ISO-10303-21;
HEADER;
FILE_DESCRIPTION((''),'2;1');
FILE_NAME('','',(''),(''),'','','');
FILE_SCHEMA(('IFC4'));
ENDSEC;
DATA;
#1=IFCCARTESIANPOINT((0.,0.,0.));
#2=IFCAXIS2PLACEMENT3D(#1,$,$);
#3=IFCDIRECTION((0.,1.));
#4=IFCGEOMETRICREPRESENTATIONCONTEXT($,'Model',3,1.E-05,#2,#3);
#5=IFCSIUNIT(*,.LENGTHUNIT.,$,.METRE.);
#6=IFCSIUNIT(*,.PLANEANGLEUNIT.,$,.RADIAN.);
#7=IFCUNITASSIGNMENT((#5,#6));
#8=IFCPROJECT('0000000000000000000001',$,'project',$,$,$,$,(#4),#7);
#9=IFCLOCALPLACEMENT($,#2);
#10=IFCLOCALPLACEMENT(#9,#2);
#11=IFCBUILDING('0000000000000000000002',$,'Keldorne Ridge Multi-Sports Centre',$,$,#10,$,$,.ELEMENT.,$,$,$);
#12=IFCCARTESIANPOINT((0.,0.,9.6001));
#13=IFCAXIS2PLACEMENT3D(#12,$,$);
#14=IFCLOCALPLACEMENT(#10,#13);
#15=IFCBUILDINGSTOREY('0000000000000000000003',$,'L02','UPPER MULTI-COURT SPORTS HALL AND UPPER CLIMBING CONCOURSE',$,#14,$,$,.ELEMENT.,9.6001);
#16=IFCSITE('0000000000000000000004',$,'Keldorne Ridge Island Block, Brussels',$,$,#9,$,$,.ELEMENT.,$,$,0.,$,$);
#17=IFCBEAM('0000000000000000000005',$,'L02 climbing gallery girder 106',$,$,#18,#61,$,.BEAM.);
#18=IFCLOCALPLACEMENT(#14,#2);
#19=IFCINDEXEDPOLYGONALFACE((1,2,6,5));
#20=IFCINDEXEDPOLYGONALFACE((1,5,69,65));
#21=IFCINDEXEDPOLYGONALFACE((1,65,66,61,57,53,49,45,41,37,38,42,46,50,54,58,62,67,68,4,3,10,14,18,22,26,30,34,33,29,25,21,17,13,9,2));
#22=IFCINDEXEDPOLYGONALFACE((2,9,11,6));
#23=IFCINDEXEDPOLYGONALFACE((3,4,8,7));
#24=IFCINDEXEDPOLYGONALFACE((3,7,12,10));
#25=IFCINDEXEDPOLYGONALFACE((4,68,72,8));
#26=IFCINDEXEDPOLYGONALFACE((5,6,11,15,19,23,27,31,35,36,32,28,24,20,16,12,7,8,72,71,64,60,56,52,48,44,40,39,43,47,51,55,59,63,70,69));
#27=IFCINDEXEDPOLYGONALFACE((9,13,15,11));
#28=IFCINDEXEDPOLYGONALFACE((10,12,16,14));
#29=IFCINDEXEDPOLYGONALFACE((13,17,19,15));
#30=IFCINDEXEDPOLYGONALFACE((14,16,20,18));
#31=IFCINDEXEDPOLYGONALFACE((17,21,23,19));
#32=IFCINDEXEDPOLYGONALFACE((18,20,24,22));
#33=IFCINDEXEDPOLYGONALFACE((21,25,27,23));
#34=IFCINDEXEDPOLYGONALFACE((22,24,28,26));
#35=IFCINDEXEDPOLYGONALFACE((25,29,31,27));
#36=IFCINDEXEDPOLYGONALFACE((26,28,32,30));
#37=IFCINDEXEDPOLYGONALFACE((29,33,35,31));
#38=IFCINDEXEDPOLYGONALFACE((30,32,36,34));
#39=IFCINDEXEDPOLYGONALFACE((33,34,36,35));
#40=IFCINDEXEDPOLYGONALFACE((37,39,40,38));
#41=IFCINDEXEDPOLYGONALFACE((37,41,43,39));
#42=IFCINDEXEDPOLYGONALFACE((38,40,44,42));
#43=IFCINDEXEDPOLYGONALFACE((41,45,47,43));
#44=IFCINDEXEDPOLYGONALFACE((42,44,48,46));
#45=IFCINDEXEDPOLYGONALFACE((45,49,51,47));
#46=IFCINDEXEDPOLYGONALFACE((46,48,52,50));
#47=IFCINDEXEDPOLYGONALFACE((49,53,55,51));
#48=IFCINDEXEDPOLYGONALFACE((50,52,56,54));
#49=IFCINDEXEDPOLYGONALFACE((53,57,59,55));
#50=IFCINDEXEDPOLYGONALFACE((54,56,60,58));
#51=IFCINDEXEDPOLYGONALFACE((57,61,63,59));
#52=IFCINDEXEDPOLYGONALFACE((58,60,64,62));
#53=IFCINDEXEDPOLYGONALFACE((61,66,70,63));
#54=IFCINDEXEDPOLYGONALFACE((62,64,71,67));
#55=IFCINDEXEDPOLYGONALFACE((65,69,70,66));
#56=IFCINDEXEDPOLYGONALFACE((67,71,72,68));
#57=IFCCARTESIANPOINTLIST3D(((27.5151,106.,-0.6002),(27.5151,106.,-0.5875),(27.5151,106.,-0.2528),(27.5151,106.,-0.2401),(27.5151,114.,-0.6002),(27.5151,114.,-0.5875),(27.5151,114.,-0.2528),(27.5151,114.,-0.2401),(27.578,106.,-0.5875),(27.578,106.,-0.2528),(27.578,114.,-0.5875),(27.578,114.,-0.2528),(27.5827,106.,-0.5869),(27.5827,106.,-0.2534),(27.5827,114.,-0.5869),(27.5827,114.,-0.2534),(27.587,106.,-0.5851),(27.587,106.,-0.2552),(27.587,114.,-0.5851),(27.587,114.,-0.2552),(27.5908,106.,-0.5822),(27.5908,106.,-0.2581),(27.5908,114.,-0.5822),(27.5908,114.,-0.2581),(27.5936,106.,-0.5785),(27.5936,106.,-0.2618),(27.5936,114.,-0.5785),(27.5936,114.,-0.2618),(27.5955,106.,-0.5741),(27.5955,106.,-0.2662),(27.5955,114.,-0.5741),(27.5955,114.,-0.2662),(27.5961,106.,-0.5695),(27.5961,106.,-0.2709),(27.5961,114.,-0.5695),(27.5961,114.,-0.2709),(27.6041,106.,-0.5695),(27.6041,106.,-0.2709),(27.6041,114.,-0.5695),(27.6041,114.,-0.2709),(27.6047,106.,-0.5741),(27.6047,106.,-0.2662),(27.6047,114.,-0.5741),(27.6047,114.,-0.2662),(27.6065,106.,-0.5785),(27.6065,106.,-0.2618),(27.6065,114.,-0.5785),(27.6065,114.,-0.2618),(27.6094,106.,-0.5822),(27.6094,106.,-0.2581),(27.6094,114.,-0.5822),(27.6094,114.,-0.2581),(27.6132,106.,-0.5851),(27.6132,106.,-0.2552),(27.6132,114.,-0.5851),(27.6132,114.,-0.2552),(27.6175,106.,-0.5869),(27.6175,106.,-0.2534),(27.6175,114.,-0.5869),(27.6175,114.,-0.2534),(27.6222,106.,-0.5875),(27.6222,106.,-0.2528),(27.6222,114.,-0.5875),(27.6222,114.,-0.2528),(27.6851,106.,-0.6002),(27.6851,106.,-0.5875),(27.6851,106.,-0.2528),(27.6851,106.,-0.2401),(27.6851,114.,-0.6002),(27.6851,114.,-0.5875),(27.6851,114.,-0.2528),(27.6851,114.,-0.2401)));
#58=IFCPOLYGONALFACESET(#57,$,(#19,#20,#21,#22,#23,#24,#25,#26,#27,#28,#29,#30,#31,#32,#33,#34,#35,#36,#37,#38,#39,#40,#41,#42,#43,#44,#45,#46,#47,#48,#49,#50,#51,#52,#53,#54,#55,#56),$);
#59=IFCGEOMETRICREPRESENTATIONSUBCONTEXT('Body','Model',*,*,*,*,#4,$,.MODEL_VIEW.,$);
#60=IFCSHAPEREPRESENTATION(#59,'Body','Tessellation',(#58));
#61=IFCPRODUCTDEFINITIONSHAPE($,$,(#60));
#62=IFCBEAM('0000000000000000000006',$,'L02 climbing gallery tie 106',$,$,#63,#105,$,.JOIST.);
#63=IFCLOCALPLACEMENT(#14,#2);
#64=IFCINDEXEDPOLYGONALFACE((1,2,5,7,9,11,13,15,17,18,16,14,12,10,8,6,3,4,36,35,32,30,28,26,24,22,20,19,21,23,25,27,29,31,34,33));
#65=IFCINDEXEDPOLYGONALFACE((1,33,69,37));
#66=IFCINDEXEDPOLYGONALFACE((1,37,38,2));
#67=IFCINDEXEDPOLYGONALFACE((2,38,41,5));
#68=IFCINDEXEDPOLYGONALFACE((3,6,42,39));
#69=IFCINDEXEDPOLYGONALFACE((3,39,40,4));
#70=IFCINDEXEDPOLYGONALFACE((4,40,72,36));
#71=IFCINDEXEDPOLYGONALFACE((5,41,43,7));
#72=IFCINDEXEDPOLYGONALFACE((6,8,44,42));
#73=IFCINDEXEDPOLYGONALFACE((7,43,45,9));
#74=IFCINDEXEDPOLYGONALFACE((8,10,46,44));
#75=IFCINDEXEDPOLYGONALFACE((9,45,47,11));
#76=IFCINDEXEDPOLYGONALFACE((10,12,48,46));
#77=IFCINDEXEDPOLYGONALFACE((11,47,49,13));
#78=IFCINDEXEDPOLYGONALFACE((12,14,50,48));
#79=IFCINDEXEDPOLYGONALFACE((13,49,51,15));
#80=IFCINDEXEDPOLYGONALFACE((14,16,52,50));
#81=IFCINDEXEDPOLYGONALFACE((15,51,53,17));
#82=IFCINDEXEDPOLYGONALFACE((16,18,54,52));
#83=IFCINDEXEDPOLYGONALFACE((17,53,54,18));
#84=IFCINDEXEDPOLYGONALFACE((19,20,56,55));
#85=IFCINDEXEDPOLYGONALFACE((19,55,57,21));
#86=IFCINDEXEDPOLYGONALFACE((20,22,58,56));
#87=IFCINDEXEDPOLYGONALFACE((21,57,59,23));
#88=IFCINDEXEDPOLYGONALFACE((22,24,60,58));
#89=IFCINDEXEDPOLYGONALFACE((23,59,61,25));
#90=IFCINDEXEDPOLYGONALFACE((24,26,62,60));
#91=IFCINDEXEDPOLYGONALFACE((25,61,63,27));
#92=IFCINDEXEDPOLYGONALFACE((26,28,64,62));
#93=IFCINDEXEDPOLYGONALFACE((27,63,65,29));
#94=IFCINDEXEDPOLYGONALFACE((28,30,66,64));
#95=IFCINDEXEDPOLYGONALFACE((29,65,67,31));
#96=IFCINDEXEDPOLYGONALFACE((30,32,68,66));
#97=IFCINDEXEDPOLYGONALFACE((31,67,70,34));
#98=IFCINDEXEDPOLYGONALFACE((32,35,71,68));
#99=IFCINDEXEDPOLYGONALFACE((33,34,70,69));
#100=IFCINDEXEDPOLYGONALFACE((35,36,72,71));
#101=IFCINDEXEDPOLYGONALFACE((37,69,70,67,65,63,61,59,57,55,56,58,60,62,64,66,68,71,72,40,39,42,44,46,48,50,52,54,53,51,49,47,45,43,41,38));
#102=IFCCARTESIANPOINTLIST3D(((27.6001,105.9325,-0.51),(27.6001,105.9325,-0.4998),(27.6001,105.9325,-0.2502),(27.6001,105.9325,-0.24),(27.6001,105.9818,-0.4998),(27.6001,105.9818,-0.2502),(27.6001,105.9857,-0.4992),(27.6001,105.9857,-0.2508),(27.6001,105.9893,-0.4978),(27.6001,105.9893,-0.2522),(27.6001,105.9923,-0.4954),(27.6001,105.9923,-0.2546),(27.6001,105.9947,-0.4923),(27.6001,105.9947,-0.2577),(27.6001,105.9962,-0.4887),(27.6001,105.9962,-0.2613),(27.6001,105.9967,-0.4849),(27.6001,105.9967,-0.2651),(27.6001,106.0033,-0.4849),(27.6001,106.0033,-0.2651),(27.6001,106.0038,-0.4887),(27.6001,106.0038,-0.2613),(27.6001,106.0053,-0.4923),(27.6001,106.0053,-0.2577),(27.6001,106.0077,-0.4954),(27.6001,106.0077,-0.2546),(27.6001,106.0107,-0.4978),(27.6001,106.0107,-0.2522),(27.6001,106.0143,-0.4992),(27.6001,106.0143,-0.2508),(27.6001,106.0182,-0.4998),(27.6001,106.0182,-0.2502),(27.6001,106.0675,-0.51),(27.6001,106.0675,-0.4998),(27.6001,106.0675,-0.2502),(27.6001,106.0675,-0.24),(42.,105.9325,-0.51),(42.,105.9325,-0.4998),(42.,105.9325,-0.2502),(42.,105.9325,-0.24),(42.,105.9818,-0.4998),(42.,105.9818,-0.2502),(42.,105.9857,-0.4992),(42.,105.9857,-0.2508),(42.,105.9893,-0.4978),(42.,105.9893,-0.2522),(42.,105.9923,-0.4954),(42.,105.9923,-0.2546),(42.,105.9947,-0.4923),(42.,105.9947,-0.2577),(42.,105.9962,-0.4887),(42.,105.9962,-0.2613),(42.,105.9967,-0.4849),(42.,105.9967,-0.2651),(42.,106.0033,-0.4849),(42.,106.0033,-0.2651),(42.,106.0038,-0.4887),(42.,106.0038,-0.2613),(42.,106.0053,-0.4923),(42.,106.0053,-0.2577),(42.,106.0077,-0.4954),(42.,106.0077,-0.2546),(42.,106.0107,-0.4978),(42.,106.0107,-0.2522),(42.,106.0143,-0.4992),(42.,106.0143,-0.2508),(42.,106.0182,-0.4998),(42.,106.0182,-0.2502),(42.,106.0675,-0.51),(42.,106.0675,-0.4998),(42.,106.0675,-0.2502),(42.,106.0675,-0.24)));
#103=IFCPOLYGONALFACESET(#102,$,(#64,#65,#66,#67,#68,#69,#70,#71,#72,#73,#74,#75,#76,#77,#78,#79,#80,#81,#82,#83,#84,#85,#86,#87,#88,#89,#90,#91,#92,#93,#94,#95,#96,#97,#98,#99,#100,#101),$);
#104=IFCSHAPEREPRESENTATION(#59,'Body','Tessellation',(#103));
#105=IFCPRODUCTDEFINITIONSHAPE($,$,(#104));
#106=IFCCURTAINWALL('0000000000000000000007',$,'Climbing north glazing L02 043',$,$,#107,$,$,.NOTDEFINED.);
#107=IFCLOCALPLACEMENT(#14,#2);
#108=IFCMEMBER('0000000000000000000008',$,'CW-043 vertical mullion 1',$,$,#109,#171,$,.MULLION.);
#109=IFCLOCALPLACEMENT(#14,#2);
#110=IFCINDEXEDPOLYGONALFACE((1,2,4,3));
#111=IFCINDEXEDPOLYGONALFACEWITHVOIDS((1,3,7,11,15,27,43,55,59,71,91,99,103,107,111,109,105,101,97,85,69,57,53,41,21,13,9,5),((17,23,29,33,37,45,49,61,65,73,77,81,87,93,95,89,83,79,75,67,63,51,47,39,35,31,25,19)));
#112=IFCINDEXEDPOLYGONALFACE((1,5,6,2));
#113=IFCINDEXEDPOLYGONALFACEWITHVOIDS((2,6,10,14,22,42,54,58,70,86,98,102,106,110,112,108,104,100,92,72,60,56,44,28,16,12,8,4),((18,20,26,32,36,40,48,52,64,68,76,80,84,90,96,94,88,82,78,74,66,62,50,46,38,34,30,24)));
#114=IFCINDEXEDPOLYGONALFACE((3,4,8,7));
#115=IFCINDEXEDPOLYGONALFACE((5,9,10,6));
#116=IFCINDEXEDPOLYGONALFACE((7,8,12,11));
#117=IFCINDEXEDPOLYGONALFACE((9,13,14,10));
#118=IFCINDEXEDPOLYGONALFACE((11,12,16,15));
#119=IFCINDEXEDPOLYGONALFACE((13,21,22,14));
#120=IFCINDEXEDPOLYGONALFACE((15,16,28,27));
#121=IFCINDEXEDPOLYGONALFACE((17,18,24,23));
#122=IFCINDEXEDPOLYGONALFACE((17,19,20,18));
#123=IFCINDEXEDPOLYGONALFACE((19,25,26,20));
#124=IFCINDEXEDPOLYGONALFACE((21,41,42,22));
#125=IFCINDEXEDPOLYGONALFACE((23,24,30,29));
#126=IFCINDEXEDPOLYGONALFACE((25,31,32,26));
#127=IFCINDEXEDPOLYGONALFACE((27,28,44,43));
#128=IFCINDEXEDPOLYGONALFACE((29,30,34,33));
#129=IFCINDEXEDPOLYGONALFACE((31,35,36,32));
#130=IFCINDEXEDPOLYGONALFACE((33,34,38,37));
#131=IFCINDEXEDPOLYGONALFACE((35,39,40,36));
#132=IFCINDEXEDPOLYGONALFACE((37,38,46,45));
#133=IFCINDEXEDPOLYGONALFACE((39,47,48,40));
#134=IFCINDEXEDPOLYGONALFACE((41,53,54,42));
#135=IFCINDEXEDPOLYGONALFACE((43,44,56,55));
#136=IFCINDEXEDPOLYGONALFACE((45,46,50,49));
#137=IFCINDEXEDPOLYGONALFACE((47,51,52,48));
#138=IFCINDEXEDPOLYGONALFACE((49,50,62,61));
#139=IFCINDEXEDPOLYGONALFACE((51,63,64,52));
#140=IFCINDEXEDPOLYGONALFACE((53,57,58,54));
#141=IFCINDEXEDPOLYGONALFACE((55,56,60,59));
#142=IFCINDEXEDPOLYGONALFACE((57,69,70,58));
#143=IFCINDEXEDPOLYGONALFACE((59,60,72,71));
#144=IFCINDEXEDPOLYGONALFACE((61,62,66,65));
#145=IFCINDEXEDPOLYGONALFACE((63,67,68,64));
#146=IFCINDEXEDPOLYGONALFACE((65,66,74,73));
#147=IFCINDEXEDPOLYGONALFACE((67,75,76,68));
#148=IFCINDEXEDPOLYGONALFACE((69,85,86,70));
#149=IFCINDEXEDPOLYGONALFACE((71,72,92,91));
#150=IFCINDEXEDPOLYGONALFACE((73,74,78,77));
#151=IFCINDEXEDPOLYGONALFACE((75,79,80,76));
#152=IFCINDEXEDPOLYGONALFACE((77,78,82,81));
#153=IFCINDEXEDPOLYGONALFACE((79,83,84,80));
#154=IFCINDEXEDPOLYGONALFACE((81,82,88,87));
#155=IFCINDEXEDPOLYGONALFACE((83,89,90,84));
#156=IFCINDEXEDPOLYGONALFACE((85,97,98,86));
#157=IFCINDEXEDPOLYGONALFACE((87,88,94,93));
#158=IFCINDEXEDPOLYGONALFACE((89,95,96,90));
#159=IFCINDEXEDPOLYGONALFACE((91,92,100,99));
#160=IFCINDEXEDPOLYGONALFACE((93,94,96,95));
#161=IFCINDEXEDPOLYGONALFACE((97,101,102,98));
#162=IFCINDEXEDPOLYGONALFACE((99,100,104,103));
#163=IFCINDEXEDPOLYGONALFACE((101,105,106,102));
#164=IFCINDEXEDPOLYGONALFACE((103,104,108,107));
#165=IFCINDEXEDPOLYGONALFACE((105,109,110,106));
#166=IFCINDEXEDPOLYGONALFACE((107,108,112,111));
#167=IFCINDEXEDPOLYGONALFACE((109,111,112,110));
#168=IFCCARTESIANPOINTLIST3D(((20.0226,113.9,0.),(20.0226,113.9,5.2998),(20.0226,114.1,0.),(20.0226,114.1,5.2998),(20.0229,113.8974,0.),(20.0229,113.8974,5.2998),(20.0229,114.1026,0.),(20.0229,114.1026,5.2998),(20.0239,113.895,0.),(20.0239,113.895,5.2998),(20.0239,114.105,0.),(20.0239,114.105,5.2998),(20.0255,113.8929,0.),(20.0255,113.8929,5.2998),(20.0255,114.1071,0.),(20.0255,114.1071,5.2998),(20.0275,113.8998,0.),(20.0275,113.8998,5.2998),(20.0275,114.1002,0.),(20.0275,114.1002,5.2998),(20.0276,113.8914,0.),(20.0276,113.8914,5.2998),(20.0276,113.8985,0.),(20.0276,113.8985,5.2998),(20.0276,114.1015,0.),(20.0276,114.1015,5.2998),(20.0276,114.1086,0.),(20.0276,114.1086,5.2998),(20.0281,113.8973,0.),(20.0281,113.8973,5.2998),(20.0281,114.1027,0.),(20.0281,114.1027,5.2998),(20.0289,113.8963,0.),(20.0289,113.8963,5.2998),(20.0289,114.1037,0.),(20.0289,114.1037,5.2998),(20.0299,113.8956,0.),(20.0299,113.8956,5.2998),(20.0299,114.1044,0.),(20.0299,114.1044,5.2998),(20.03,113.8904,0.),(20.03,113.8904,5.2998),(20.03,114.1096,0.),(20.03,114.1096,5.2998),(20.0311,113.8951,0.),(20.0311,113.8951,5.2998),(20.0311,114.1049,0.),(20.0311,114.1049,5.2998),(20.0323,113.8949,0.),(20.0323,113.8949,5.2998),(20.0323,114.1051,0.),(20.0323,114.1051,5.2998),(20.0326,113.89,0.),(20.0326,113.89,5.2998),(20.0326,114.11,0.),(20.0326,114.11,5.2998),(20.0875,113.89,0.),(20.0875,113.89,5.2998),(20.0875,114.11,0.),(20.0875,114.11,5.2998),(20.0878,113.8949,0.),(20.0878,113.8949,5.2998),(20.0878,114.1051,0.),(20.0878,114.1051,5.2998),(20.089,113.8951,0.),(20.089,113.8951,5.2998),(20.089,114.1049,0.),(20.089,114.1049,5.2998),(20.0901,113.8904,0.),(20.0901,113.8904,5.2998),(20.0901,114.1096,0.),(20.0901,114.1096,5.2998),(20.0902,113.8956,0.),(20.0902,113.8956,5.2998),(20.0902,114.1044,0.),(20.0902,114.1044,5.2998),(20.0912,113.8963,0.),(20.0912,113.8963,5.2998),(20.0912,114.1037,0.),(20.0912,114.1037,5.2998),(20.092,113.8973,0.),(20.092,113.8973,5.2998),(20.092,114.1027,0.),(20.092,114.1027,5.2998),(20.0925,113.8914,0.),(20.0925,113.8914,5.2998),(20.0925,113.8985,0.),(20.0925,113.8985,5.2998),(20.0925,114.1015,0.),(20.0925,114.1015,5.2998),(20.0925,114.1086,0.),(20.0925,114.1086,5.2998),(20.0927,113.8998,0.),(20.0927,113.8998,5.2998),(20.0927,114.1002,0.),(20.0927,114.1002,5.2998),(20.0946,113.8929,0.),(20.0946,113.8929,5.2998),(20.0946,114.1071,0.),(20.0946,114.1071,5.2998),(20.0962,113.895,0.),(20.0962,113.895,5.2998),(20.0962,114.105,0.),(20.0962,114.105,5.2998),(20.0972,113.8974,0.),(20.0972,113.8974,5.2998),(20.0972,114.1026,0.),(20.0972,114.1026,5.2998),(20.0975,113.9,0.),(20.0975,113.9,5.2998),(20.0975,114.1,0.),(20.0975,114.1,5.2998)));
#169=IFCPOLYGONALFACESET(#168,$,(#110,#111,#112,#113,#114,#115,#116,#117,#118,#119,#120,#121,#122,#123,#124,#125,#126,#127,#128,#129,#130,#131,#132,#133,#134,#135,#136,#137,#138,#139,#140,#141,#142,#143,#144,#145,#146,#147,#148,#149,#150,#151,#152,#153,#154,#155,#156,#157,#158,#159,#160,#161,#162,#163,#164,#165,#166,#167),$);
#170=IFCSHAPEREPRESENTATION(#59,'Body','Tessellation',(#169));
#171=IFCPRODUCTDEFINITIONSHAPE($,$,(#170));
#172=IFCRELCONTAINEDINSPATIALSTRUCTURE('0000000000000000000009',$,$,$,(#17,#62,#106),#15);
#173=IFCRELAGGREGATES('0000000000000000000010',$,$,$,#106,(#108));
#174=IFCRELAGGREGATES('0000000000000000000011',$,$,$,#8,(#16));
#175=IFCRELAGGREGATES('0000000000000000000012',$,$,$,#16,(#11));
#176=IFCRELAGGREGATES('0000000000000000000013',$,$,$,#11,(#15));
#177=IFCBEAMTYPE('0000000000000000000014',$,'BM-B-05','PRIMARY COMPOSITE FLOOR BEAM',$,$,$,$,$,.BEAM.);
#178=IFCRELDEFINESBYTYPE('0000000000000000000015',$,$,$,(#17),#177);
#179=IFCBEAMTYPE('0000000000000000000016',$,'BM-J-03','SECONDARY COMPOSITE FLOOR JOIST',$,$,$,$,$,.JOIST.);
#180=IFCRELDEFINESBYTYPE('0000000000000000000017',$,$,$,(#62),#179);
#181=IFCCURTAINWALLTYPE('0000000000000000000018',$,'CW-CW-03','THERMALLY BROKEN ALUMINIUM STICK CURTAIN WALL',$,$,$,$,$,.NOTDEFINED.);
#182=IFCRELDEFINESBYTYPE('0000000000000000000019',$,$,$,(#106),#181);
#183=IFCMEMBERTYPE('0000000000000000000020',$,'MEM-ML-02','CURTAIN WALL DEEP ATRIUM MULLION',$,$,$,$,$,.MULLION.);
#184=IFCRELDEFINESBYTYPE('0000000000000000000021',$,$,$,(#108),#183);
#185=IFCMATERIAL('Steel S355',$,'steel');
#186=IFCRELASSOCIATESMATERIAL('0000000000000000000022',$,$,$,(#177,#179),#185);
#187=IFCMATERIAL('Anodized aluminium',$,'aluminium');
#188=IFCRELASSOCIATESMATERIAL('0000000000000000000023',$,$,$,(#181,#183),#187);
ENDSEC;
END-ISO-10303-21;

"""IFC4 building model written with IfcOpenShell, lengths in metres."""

from ifc_helpers import new_model, si_unit, direction, frame, origin, origin_2d, place, context, subcontext, project, spatial, hollow_rectangle, i_section, extrude, material, material_profile, profile_set, type_object, element, aggregate, save


model = new_model("IFC4")

# Units and contexts
model_context = context("Model", 3, precision=1e-05, world=origin(), true_north=direction((0.0, 1.0)))
body_context = subcontext(model_context, "Body", "Model", "MODEL_VIEW")
ifc_project = project(units=[si_unit("LENGTHUNIT", "METRE"), si_unit("PLANEANGLEUNIT", "RADIAN")], contexts=[model_context])

# Site, building, storey
site_placement = place(None, origin())
site = spatial("IfcSite", under=ifc_project, at=site_placement, Name="Keldorne Ridge Island Block, Brussels", CompositionType="ELEMENT", RefElevation=0.0)
building_placement = place(site_placement, origin())
building = spatial("IfcBuilding", under=site, at=building_placement, Name="Keldorne Ridge Multi-Sports Centre", CompositionType="ELEMENT")
storey_placement = place(building_placement, frame((0.0, 0.0, 9.6001)))
storey = spatial("IfcBuildingStorey", under=building, at=storey_placement, Name="L02", Description="UPPER MULTI-COURT SPORTS HALL AND UPPER CLIMBING CONCOURSE", CompositionType="ELEMENT", Elevation=9.6001)

# Beams
ifc_material_1 = material(Name="Steel S355", Category="steel")
ifc_material_profile_1 = material_profile(ifc_material_1, i_section(OverallWidth=0.1699, OverallDepth=0.3601, WebThickness=0.0081, FlangeThickness=0.0127, FilletRadius=0.0181, at=origin_2d()), Name="IPE 360")
ifc_profile_set_1 = profile_set([ifc_material_profile_1], Name="Steel S355")
beam_type_1 = type_object("IfcBeamType", Name="BM-B-05", Description="PRIMARY COMPOSITE FLOOR BEAM", PredefinedType="BEAM", material=ifc_profile_set_1)
beam_1_placement = place(storey_placement, frame((27.6001, 106.0, -0.4202), z_axis=(0.0, 1.0, 0.0), x_axis=(-1.0, 0.0, 0.0)))
element("IfcBeam", 1, at=beam_1_placement, inside=storey, type_object=beam_type_1, Name="L02 climbing gallery girder 106", PredefinedType="BEAM", context=body_context, shape_type="SweptSolid", body=[
    extrude(i_section(OverallWidth=0.1699, OverallDepth=0.3601, WebThickness=0.0081, FlangeThickness=0.0127, FilletRadius=0.0181, at=origin_2d()), origin(), (0.0, 0.0, 1.0), 8.0),
])
ifc_material_profile_2 = material_profile(ifc_material_1, i_section(OverallWidth=0.135, OverallDepth=0.27, WebThickness=0.0066, FlangeThickness=0.0103, FilletRadius=0.0149, at=origin_2d()), Name="IPE 270")
ifc_profile_set_2 = profile_set([ifc_material_profile_2], Name="Steel S355")
beam_type_2 = type_object("IfcBeamType", Name="BM-J-03", Description="SECONDARY COMPOSITE FLOOR JOIST", PredefinedType="JOIST", material=ifc_profile_set_2)
beam_2_placement = place(storey_placement, frame((27.6001, 106.0, -0.375), z_axis=(1.0, 0.0, 0.0), x_axis=(0.0, 1.0, 0.0)))
element("IfcBeam", 2, at=beam_2_placement, inside=storey, type_object=beam_type_2, Name="L02 climbing gallery tie 106", PredefinedType="JOIST", context=body_context, shape_type="SweptSolid", body=[
    extrude(i_section(OverallWidth=0.135, OverallDepth=0.27, WebThickness=0.0066, FlangeThickness=0.0103, FilletRadius=0.0149, at=origin_2d()), origin(), (0.0, 0.0, 1.0), 14.3999),
])

# Curtain wall, member
ifc_material_2 = material(Name="Anodized aluminium", Category="aluminium")
curtain_wall_type = type_object("IfcCurtainWallType", Name="CW-CW-03", Description="THERMALLY BROKEN ALUMINIUM STICK CURTAIN WALL", PredefinedType="NOTDEFINED", material=ifc_material_2)
curtain_wall_placement = place(storey_placement, origin())
curtain_wall = element("IfcCurtainWall", 3, at=curtain_wall_placement, inside=storey, type_object=curtain_wall_type, Name="Climbing north glazing L02 043", PredefinedType="NOTDEFINED")
ifc_material_profile_3 = material_profile(ifc_material_2, hollow_rectangle(XDim=0.075, YDim=0.22, WallThickness=0.0049, InnerFilletRadius=0.0049, OuterFilletRadius=0.01, at=origin_2d()), Name="ALU MULLION 220x75x5")
ifc_profile_set_3 = profile_set([ifc_material_profile_3], Name="Anodized aluminium")
member_type_1 = type_object("IfcMemberType", Name="MEM-ML-02", Description="CURTAIN WALL DEEP ATRIUM MULLION", PredefinedType="MULLION", material=ifc_profile_set_3)
member_1_placement = place(storey_placement, frame((20.0601, 114.0, 0.0), z_axis=(0.0, 0.0, 1.0), x_axis=(1.0, 0.0, 0.0)))
member_1 = element("IfcMember", 4, at=member_1_placement, type_object=member_type_1, Name="CW-043 vertical mullion 1", PredefinedType="MULLION", context=body_context, shape_type="SweptSolid", body=[
    extrude(hollow_rectangle(XDim=0.075, YDim=0.22, WallThickness=0.0049, InnerFilletRadius=0.0049, OuterFilletRadius=0.01, at=origin_2d()), origin(), (0.0, 0.0, 1.0), 5.2998),
])

aggregate(curtain_wall, [member_1])

save(model, "model.ifc")
